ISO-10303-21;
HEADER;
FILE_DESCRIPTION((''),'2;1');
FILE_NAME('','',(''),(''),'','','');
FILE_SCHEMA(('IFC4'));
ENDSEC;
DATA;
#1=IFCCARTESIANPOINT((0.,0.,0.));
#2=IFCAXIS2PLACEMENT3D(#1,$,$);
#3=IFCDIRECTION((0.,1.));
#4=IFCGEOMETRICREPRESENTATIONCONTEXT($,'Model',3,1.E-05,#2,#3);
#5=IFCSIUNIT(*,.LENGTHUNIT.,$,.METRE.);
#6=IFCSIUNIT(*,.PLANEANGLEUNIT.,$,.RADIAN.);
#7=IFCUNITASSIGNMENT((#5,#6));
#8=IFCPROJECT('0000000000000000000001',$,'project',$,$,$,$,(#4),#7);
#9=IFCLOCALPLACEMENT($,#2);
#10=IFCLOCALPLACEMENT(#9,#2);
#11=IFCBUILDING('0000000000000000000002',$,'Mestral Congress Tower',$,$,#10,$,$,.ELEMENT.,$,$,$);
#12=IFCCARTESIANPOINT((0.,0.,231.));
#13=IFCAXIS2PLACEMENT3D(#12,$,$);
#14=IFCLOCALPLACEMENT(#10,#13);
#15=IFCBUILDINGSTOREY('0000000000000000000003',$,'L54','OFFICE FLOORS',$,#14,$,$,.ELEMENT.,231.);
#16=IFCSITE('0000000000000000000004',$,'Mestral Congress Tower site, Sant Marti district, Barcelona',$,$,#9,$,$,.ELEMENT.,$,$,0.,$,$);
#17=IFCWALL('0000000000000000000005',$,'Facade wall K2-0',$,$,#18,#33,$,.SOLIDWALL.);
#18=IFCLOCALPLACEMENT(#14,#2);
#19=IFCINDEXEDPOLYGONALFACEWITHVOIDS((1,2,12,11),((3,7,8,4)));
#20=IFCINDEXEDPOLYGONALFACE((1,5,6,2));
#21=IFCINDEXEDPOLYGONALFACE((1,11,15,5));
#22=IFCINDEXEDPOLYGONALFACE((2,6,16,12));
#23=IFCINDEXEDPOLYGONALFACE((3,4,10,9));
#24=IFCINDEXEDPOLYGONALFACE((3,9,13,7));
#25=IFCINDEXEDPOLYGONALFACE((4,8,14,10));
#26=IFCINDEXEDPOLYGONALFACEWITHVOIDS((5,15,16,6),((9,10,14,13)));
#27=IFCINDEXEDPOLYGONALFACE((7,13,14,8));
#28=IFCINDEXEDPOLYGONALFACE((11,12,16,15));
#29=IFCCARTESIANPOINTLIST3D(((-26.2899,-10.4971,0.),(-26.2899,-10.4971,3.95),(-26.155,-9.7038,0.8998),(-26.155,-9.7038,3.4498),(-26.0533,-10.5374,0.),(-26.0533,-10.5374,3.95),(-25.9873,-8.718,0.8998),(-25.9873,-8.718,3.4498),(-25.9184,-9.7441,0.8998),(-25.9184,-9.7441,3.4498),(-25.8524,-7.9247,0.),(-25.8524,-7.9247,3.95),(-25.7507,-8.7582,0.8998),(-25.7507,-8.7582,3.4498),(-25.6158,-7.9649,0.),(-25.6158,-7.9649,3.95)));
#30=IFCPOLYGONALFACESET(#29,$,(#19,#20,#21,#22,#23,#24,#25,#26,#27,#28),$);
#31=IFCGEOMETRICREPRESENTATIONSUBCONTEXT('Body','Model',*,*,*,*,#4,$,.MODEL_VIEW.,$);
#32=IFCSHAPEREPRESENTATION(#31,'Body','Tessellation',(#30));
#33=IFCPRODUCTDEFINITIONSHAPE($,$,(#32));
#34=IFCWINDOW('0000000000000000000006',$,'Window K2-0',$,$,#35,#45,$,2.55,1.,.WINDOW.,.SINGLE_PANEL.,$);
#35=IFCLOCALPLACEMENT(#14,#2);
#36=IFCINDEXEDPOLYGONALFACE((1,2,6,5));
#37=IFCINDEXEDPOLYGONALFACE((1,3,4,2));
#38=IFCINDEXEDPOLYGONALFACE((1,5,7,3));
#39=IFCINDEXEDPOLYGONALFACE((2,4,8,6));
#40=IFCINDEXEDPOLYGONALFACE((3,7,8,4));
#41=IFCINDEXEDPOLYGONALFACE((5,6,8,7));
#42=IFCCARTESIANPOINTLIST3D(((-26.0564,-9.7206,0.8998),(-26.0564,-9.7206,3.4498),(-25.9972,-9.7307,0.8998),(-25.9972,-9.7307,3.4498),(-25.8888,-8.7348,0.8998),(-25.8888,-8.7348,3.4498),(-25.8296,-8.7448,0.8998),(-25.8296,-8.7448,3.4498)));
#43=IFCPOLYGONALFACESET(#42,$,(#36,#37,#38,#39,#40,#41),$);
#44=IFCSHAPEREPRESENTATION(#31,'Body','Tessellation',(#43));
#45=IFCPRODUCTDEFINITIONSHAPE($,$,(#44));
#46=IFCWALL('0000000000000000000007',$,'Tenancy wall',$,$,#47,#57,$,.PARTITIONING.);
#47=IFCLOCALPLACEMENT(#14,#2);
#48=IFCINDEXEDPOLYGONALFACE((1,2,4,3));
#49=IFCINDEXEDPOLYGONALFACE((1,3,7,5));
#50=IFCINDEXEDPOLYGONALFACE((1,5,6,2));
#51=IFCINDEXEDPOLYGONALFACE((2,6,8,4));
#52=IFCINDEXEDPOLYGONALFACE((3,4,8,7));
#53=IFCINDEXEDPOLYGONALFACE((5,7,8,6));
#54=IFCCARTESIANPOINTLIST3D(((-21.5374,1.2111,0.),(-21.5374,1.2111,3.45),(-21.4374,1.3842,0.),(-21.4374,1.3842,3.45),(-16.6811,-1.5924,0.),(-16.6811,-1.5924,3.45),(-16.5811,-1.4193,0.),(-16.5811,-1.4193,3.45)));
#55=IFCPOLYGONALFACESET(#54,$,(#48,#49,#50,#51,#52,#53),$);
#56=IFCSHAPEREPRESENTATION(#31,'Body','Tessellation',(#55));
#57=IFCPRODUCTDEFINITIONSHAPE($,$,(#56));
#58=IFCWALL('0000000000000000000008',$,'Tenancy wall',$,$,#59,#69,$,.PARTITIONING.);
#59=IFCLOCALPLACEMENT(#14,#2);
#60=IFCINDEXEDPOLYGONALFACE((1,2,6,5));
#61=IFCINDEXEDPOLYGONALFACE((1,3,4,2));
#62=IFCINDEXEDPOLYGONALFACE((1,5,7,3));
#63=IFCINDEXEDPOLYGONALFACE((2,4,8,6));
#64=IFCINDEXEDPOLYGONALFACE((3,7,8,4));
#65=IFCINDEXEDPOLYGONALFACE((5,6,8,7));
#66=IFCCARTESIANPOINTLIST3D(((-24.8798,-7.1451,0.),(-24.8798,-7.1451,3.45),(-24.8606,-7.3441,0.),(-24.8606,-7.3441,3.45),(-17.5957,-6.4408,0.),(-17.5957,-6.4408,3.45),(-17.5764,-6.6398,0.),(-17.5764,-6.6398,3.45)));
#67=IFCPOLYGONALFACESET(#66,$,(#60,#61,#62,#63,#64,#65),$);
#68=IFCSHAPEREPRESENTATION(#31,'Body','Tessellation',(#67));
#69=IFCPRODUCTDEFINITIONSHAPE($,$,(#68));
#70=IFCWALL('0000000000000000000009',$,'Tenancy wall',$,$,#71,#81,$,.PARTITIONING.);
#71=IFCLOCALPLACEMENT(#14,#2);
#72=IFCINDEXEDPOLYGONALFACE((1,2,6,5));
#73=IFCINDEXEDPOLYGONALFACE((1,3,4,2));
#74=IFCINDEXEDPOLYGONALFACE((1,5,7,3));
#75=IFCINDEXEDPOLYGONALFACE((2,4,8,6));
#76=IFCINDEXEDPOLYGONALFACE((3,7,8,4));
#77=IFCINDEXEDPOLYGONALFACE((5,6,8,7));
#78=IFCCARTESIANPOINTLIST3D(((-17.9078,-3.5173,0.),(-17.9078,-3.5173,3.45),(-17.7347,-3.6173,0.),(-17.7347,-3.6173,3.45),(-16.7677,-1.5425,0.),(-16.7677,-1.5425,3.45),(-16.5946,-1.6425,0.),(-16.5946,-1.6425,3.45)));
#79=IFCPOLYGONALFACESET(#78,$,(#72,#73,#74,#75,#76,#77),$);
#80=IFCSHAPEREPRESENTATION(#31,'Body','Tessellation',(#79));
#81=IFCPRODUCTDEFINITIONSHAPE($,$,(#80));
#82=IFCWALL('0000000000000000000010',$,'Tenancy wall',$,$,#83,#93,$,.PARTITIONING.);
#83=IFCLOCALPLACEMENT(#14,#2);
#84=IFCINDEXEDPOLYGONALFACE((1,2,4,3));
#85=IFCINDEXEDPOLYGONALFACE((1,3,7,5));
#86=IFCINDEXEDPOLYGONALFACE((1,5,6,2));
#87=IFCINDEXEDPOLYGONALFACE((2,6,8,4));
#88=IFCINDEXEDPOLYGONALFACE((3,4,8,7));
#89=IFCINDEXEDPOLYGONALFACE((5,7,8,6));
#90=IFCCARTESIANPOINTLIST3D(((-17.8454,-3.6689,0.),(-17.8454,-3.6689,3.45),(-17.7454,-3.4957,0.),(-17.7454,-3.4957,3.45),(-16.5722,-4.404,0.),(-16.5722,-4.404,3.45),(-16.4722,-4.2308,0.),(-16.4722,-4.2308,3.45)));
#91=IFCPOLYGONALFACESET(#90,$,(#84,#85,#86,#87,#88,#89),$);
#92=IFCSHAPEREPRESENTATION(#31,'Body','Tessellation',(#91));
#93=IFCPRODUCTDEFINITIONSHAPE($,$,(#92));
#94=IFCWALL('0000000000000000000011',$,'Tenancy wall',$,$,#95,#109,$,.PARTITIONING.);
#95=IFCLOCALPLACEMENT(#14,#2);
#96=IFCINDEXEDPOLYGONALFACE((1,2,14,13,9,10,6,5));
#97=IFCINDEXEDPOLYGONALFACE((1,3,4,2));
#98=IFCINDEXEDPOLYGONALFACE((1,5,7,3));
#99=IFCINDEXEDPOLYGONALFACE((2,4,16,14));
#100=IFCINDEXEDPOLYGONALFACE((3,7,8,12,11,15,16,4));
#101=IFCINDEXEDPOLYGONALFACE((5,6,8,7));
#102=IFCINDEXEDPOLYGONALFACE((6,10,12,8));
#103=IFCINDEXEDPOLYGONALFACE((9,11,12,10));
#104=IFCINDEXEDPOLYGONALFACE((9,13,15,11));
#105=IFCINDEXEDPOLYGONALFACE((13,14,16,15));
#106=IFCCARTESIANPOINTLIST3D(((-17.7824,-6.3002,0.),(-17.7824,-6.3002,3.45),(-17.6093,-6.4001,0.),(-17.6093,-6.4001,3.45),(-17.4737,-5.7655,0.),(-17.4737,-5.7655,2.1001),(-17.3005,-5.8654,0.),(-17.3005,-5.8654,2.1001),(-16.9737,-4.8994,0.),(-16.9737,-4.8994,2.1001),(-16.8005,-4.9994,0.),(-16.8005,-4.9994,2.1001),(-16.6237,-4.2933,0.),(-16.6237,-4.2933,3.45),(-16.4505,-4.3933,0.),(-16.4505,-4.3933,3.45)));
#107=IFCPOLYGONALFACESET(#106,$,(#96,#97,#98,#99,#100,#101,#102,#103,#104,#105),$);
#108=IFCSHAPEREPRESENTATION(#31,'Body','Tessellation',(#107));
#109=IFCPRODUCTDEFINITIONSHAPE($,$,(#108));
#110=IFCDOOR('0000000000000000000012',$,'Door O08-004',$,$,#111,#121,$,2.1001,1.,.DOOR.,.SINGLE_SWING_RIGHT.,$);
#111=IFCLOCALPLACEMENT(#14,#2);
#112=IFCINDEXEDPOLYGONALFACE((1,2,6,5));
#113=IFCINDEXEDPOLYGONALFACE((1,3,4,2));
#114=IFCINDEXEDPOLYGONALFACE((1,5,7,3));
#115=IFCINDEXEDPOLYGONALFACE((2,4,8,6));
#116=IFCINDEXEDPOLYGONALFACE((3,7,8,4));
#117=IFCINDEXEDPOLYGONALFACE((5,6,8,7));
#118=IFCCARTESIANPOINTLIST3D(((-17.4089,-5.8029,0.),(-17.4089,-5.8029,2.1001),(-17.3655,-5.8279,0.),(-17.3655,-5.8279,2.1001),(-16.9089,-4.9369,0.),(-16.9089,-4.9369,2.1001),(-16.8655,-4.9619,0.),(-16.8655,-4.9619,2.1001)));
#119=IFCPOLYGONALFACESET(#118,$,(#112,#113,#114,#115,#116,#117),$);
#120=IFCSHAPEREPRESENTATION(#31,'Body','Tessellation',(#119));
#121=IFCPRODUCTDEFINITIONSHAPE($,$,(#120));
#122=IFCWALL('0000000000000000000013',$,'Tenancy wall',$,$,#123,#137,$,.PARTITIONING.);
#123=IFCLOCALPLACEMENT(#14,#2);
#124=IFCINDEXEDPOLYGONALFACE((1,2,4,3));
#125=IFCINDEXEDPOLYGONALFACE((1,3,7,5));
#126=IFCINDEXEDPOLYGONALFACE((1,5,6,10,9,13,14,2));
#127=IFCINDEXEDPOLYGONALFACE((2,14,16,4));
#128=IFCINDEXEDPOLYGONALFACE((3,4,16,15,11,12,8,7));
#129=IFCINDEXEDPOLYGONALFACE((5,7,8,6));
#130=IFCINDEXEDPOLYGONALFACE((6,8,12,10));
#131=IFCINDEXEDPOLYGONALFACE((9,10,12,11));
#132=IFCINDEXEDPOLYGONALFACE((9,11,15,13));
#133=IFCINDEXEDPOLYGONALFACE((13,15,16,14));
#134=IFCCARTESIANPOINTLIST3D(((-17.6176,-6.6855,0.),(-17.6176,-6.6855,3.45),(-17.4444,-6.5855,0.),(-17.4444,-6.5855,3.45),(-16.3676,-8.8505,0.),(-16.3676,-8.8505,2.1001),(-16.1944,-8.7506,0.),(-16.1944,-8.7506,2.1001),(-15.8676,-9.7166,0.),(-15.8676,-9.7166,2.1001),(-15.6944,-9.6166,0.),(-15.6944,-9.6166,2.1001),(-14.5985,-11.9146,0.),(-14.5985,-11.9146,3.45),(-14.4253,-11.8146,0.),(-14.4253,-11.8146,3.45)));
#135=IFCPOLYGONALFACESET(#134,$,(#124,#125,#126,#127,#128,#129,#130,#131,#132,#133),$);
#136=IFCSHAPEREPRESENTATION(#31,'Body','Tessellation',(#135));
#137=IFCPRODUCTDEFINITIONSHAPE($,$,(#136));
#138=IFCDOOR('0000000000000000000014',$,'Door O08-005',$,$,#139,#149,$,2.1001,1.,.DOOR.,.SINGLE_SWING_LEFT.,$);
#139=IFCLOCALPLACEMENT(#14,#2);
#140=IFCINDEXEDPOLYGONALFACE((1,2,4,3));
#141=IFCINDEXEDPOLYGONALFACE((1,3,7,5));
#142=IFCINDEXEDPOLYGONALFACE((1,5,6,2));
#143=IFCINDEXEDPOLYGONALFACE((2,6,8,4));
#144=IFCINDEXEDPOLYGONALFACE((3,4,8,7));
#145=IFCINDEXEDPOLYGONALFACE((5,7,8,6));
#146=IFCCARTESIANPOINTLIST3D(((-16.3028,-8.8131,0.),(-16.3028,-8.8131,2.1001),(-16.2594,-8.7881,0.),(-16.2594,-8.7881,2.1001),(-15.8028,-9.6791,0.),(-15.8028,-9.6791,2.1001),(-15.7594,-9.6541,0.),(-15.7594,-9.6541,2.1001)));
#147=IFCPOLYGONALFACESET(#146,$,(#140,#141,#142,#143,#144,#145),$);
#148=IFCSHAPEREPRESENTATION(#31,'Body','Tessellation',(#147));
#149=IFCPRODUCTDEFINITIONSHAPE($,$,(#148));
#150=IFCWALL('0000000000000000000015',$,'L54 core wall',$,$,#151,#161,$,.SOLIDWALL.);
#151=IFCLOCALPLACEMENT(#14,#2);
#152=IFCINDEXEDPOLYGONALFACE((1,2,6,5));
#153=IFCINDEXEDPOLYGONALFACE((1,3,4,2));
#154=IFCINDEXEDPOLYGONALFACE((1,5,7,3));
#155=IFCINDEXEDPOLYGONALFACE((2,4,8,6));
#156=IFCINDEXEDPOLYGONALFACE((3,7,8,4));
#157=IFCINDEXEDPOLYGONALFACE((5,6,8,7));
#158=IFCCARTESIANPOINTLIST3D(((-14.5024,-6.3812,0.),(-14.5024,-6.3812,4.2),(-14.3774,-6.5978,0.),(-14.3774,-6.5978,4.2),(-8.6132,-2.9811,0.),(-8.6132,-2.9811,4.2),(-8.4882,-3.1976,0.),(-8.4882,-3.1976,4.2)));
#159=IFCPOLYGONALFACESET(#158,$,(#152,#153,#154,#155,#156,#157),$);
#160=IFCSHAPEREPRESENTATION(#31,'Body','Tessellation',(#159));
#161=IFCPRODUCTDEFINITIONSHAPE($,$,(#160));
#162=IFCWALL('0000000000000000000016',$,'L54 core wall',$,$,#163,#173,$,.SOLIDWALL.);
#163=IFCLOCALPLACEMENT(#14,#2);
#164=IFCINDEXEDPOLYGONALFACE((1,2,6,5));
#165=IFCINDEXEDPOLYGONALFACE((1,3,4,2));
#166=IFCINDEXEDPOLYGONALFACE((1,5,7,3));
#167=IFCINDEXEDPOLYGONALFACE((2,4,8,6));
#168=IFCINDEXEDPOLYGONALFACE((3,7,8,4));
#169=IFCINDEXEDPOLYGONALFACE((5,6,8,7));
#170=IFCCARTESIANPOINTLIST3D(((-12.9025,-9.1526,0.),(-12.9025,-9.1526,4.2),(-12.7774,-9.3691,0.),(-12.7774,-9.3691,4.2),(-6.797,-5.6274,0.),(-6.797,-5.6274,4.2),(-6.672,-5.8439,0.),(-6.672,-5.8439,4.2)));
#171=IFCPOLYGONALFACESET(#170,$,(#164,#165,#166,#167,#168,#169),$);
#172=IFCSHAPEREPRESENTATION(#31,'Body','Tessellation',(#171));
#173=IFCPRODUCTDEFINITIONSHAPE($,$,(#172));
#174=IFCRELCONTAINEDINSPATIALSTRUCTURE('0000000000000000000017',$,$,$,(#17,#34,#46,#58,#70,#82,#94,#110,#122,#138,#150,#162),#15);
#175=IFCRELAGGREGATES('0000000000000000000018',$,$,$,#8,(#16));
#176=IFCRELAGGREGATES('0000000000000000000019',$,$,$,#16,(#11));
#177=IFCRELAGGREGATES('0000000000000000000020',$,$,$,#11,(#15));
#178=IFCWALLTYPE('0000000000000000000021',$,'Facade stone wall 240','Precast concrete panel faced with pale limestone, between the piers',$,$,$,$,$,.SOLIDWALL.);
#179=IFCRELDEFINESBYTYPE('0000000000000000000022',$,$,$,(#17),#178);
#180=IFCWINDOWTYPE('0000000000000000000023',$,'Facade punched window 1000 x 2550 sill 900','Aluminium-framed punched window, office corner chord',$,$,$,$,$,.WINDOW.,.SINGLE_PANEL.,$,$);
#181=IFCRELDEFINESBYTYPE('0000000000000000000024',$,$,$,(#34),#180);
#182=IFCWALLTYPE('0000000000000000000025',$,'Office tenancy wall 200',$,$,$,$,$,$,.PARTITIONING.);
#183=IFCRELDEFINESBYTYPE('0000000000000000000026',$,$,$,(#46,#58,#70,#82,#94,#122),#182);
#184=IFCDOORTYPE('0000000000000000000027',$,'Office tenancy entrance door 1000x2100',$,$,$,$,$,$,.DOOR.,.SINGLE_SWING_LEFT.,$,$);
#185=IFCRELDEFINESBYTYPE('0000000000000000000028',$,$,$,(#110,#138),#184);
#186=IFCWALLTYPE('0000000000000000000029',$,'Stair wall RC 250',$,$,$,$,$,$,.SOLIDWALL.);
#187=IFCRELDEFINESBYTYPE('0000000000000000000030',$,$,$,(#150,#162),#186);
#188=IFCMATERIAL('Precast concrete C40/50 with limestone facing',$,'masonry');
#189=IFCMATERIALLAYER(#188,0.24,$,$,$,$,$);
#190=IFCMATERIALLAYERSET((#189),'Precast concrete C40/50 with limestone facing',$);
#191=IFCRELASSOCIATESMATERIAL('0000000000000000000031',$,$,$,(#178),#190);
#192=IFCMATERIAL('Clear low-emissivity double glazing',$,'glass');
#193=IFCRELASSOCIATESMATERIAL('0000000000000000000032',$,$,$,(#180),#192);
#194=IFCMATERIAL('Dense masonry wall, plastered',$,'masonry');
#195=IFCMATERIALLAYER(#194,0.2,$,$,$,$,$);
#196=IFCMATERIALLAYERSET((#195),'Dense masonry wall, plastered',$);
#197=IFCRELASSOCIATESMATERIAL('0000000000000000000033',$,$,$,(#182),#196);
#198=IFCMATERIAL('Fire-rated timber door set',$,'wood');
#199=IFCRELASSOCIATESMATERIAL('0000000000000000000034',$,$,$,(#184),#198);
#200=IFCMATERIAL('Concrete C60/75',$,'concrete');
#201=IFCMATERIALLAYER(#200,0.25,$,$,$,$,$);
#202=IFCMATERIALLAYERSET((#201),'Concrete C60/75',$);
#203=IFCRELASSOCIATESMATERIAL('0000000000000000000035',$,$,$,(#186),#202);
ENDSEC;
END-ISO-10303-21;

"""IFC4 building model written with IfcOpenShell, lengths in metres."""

from ifc_helpers import new_model, si_unit, direction, frame, frame_2d, origin, place, context, subcontext, project, spatial, rectangle, extrude, material, layer, layer_set, type_object, element, fill, save


model = new_model("IFC4")

# Units and contexts
model_context = context("Model", 3, precision=1e-05, world=origin(), true_north=direction((0.0, 1.0)))
body_context = subcontext(model_context, "Body", "Model", "MODEL_VIEW")
ifc_project = project(units=[si_unit("LENGTHUNIT", "METRE"), si_unit("PLANEANGLEUNIT", "RADIAN")], contexts=[model_context])

# Site, building, storey
site_placement = place(None, origin())
site = spatial("IfcSite", under=ifc_project, at=site_placement, Name="Mestral Congress Tower site, Sant Marti district, Barcelona", CompositionType="ELEMENT", RefElevation=0.0)
building_placement = place(site_placement, origin())
building = spatial("IfcBuilding", under=site, at=building_placement, Name="Mestral Congress Tower", CompositionType="ELEMENT")
storey_placement = place(building_placement, frame((0.0, 0.0, 231.0)))
storey = spatial("IfcBuildingStorey", under=building, at=storey_placement, Name="L54", Description="OFFICE FLOORS", CompositionType="ELEMENT", Elevation=231.0)

# Shared definitions
ifc_material_1 = material(Name="Concrete C60/75", Category="concrete")

# Shared definitions
ifc_material_2 = material(Name="Precast concrete C40/50 with limestone facing", Category="masonry")
ifc_layer_1 = layer(ifc_material_2, 0.24)
ifc_layer_set_1 = layer_set([ifc_layer_1], Name="Precast concrete C40/50 with limestone facing")
wall_type_1 = type_object("IfcWallType", Name="Facade stone wall 240", Description="Precast concrete panel faced with pale limestone, between the piers", PredefinedType="SOLIDWALL", material=ifc_layer_set_1)
ifc_material_3 = material(Name="Clear low-emissivity double glazing", Category="glass")

# Wall, opening, window
wall_1_placement = place(storey_placement, frame((-25.7341, -7.9448, 0.0), z_axis=(0.0, 0.0, 1.0), x_axis=(-0.16766, -0.985845, 0.0)))
wall_1 = element("IfcWall", 1, at=wall_1_placement, inside=storey, type_object=wall_type_1, Name="Facade wall K2-0", PredefinedType="SOLIDWALL", context=body_context, shape_type="SweptSolid", body=[
    extrude(rectangle(XDim=2.6094, YDim=0.24, at=frame_2d((1.3047, 0.0))), origin(), (0.0, 0.0, 1.0), 3.95),
])
opening_1_placement = place(wall_1_placement, frame((0.8047, 0.0, 0.8999)))
opening_1 = element("IfcOpeningElement", 2, at=opening_1_placement, cuts=wall_1, PredefinedType="OPENING", context=body_context, shape_type="SweptSolid", body=[
    extrude(rectangle(XDim=1.0, YDim=2.55, at=frame_2d((0.5, 1.2749))), frame((0.0, 0.1299, 0.0), z_axis=(0.0, -1.0, 0.0), x_axis=(1.0, 0.0, 0.0)), (0.0, 0.0, 1.0), 0.26),
])
window_type_1 = type_object("IfcWindowType", Name="Facade punched window 1000 x 2550 sill 900", Description="Aluminium-framed punched window, office corner chord", PartitioningType="SINGLE_PANEL", PredefinedType="WINDOW", material=ifc_material_3)
window_1_placement = place(opening_1_placement, origin())
window_1 = element("IfcWindow", 3, at=window_1_placement, inside=storey, type_object=window_type_1, Name="Window K2-0", OverallHeight=2.55, OverallWidth=1.0, PartitioningType="SINGLE_PANEL", PredefinedType="WINDOW", context=body_context, shape_type="SweptSolid", body=[
    extrude(rectangle(XDim=1.0, YDim=2.55, at=frame_2d((0.5, 1.2749))), frame((0.0, 0.04, 0.0), z_axis=(0.0, -1.0, 0.0), x_axis=(1.0, 0.0, 0.0)), (0.0, 0.0, 1.0), 0.0601),
])
fill(opening_1, window_1)

# Walls
ifc_material_4 = material(Name="Dense masonry wall, plastered", Category="masonry")
ifc_layer_2 = layer(ifc_material_4, 0.2)
ifc_layer_set_2 = layer_set([ifc_layer_2], Name="Dense masonry wall, plastered")
wall_type_2 = type_object("IfcWallType", Name="Office tenancy wall 200", PredefinedType="PARTITIONING", material=ifc_layer_set_2)
wall_2_placement = place(storey_placement, frame((-16.6311, -1.5059, 0.0), z_axis=(0.0, 0.0, 1.0), x_axis=(-0.866046, 0.499965, 0.0)))
element("IfcWall", 4, at=wall_2_placement, inside=storey, type_object=wall_type_2, Name="Tenancy wall", PredefinedType="PARTITIONING", context=body_context, shape_type="SweptSolid", body=[
    extrude(rectangle(XDim=5.6074, YDim=0.2, at=frame_2d((2.8037, 0.0))), origin(), (0.0, 0.0, 1.0), 3.45),
])
wall_3_placement = place(storey_placement, frame((-17.5859, -6.5403, 0.0), z_axis=(0.0, 0.0, 1.0), x_axis=(-0.995358, -0.096246, 0.0)))
element("IfcWall", 5, at=wall_3_placement, inside=storey, type_object=wall_type_2, Name="Tenancy wall", PredefinedType="PARTITIONING", context=body_context, shape_type="SweptSolid", body=[
    extrude(rectangle(XDim=7.3181, YDim=0.2, at=frame_2d((3.6592, 0.0))), origin(), (0.0, 0.0, 1.0), 3.45),
])
wall_4_placement = place(storey_placement, frame((-16.6812, -1.5925, 0.0), z_axis=(0.0, 0.0, 1.0), x_axis=(-0.499985, -0.866034, 0.0)))
element("IfcWall", 6, at=wall_4_placement, inside=storey, type_object=wall_type_2, Name="Tenancy wall", PredefinedType="PARTITIONING", context=body_context, shape_type="SweptSolid", body=[
    extrude(rectangle(XDim=2.2803, YDim=0.2, at=frame_2d((1.1401, 0.0))), origin(), (0.0, 0.0, 1.0), 3.45),
])
wall_5_placement = place(storey_placement, frame((-17.7954, -3.5823, 0.0), z_axis=(0.0, 0.0, 1.0), x_axis=(0.866017, -0.500015, 0.0)))
element("IfcWall", 7, at=wall_5_placement, inside=storey, type_object=wall_type_2, Name="Tenancy wall", PredefinedType="PARTITIONING", context=body_context, shape_type="SweptSolid", body=[
    extrude(rectangle(XDim=1.4702, YDim=0.2, at=frame_2d((0.7351, 0.0))), origin(), (0.0, 0.0, 1.0), 3.45),
])

# Walls, openings, doors
wall_6_placement = place(storey_placement, frame((-16.5371, -4.3433, 0.0), z_axis=(0.0, 0.0, 1.0), x_axis=(-0.500014, -0.866017, 0.0)))
wall_6 = element("IfcWall", 8, at=wall_6_placement, inside=storey, type_object=wall_type_2, Name="Tenancy wall", PredefinedType="PARTITIONING", context=body_context, shape_type="SweptSolid", body=[
    extrude(rectangle(XDim=2.3174, YDim=0.2, at=frame_2d((1.1587, 0.0))), origin(), (0.0, 0.0, 1.0), 3.45),
])
opening_2_placement = place(wall_6_placement, frame((0.7, 0.0, 0.0)))
opening_2 = element("IfcOpeningElement", 9, at=opening_2_placement, cuts=wall_6, PredefinedType="OPENING", context=body_context, shape_type="SweptSolid", body=[
    extrude(rectangle(XDim=1.0, YDim=2.1001, at=frame_2d((0.5, 1.05))), frame((0.0, 0.1099, 0.0), z_axis=(0.0, -1.0, 0.0), x_axis=(1.0, 0.0, 0.0)), (0.0, 0.0, 1.0), 0.22),
])
ifc_material_5 = material(Name="Fire-rated timber door set", Category="wood")
door_type_1 = type_object("IfcDoorType", Name="Office tenancy entrance door 1000x2100", OperationType="SINGLE_SWING_LEFT", PredefinedType="DOOR", material=ifc_material_5)
door_1_placement = place(opening_2_placement, origin())
door_1 = element("IfcDoor", 10, at=door_1_placement, inside=storey, type_object=door_type_1, Name="Door O08-004", OperationType="SINGLE_SWING_RIGHT", OverallHeight=2.1001, OverallWidth=1.0, PredefinedType="DOOR", context=body_context, shape_type="SweptSolid", body=[
    extrude(rectangle(XDim=1.0, YDim=2.1001, at=frame_2d((0.5, 1.05))), frame((0.0, 0.0249, 0.0), z_axis=(0.0, -1.0, 0.0), x_axis=(1.0, 0.0, 0.0)), (0.0, 0.0, 1.0), 0.05),
])
fill(opening_2, door_1)
wall_7_placement = place(storey_placement, frame((-17.531, -6.6355, 0.0), z_axis=(0.0, 0.0, 1.0), x_axis=(0.500009, -0.86602, 0.0)))
wall_7 = element("IfcWall", 11, at=wall_7_placement, inside=storey, type_object=wall_type_2, Name="Tenancy wall", PredefinedType="PARTITIONING", context=body_context, shape_type="SweptSolid", body=[
    extrude(rectangle(XDim=6.0381, YDim=0.2, at=frame_2d((3.019, 0.0))), origin(), (0.0, 0.0, 1.0), 3.45),
])
opening_3_placement = place(wall_7_placement, frame((2.5, 0.0, 0.0)))
opening_3 = element("IfcOpeningElement", 12, at=opening_3_placement, cuts=wall_7, PredefinedType="OPENING", context=body_context, shape_type="SweptSolid", body=[
    extrude(rectangle(XDim=1.0, YDim=2.1001, at=frame_2d((0.5, 1.05))), frame((0.0, 0.1099, 0.0), z_axis=(0.0, -1.0, 0.0), x_axis=(1.0, 0.0, 0.0)), (0.0, 0.0, 1.0), 0.22),
])
door_2_placement = place(opening_3_placement, origin())
door_2 = element("IfcDoor", 13, at=door_2_placement, inside=storey, type_object=door_type_1, Name="Door O08-005", OperationType="SINGLE_SWING_LEFT", OverallHeight=2.1001, OverallWidth=1.0, PredefinedType="DOOR", context=body_context, shape_type="SweptSolid", body=[
    extrude(rectangle(XDim=1.0, YDim=2.1001, at=frame_2d((0.5, 1.05))), frame((0.0, 0.0249, 0.0), z_axis=(0.0, -1.0, 0.0), x_axis=(1.0, 0.0, 0.0)), (0.0, 0.0, 1.0), 0.05),
])
fill(opening_3, door_2)

# Walls
ifc_layer_3 = layer(ifc_material_1, 0.25)
ifc_layer_set_3 = layer_set([ifc_layer_3], Name="Concrete C60/75")
wall_type_3 = type_object("IfcWallType", Name="Stair wall RC 250", PredefinedType="SOLIDWALL", material=ifc_layer_set_3)
wall_8_placement = place(storey_placement, frame((-14.4399, -6.4895, 0.0), z_axis=(0.0, 0.0, 1.0), x_axis=(0.866023, 0.500004, 0.0)))
element("IfcWall", 14, at=wall_8_placement, inside=storey, type_object=wall_type_3, Name="L54 core wall", PredefinedType="SOLIDWALL", context=body_context, shape_type="SweptSolid", body=[
    extrude(rectangle(XDim=6.8003, YDim=0.25, at=frame_2d((3.4001, 0.0))), origin(), (0.0, 0.0, 1.0), 4.2),
])
wall_9_placement = place(storey_placement, frame((-12.8398, -9.2607, 0.0), z_axis=(0.0, 0.0, 1.0), x_axis=(0.866016, 0.500016, 0.0)))
element("IfcWall", 15, at=wall_9_placement, inside=storey, type_object=wall_type_3, Name="L54 core wall", PredefinedType="SOLIDWALL", context=body_context, shape_type="SweptSolid", body=[
    extrude(rectangle(XDim=7.05, YDim=0.25, at=frame_2d((3.5249, 0.0))), origin(), (0.0, 0.0, 1.0), 4.2),
])

save(model, "model.ifc")
